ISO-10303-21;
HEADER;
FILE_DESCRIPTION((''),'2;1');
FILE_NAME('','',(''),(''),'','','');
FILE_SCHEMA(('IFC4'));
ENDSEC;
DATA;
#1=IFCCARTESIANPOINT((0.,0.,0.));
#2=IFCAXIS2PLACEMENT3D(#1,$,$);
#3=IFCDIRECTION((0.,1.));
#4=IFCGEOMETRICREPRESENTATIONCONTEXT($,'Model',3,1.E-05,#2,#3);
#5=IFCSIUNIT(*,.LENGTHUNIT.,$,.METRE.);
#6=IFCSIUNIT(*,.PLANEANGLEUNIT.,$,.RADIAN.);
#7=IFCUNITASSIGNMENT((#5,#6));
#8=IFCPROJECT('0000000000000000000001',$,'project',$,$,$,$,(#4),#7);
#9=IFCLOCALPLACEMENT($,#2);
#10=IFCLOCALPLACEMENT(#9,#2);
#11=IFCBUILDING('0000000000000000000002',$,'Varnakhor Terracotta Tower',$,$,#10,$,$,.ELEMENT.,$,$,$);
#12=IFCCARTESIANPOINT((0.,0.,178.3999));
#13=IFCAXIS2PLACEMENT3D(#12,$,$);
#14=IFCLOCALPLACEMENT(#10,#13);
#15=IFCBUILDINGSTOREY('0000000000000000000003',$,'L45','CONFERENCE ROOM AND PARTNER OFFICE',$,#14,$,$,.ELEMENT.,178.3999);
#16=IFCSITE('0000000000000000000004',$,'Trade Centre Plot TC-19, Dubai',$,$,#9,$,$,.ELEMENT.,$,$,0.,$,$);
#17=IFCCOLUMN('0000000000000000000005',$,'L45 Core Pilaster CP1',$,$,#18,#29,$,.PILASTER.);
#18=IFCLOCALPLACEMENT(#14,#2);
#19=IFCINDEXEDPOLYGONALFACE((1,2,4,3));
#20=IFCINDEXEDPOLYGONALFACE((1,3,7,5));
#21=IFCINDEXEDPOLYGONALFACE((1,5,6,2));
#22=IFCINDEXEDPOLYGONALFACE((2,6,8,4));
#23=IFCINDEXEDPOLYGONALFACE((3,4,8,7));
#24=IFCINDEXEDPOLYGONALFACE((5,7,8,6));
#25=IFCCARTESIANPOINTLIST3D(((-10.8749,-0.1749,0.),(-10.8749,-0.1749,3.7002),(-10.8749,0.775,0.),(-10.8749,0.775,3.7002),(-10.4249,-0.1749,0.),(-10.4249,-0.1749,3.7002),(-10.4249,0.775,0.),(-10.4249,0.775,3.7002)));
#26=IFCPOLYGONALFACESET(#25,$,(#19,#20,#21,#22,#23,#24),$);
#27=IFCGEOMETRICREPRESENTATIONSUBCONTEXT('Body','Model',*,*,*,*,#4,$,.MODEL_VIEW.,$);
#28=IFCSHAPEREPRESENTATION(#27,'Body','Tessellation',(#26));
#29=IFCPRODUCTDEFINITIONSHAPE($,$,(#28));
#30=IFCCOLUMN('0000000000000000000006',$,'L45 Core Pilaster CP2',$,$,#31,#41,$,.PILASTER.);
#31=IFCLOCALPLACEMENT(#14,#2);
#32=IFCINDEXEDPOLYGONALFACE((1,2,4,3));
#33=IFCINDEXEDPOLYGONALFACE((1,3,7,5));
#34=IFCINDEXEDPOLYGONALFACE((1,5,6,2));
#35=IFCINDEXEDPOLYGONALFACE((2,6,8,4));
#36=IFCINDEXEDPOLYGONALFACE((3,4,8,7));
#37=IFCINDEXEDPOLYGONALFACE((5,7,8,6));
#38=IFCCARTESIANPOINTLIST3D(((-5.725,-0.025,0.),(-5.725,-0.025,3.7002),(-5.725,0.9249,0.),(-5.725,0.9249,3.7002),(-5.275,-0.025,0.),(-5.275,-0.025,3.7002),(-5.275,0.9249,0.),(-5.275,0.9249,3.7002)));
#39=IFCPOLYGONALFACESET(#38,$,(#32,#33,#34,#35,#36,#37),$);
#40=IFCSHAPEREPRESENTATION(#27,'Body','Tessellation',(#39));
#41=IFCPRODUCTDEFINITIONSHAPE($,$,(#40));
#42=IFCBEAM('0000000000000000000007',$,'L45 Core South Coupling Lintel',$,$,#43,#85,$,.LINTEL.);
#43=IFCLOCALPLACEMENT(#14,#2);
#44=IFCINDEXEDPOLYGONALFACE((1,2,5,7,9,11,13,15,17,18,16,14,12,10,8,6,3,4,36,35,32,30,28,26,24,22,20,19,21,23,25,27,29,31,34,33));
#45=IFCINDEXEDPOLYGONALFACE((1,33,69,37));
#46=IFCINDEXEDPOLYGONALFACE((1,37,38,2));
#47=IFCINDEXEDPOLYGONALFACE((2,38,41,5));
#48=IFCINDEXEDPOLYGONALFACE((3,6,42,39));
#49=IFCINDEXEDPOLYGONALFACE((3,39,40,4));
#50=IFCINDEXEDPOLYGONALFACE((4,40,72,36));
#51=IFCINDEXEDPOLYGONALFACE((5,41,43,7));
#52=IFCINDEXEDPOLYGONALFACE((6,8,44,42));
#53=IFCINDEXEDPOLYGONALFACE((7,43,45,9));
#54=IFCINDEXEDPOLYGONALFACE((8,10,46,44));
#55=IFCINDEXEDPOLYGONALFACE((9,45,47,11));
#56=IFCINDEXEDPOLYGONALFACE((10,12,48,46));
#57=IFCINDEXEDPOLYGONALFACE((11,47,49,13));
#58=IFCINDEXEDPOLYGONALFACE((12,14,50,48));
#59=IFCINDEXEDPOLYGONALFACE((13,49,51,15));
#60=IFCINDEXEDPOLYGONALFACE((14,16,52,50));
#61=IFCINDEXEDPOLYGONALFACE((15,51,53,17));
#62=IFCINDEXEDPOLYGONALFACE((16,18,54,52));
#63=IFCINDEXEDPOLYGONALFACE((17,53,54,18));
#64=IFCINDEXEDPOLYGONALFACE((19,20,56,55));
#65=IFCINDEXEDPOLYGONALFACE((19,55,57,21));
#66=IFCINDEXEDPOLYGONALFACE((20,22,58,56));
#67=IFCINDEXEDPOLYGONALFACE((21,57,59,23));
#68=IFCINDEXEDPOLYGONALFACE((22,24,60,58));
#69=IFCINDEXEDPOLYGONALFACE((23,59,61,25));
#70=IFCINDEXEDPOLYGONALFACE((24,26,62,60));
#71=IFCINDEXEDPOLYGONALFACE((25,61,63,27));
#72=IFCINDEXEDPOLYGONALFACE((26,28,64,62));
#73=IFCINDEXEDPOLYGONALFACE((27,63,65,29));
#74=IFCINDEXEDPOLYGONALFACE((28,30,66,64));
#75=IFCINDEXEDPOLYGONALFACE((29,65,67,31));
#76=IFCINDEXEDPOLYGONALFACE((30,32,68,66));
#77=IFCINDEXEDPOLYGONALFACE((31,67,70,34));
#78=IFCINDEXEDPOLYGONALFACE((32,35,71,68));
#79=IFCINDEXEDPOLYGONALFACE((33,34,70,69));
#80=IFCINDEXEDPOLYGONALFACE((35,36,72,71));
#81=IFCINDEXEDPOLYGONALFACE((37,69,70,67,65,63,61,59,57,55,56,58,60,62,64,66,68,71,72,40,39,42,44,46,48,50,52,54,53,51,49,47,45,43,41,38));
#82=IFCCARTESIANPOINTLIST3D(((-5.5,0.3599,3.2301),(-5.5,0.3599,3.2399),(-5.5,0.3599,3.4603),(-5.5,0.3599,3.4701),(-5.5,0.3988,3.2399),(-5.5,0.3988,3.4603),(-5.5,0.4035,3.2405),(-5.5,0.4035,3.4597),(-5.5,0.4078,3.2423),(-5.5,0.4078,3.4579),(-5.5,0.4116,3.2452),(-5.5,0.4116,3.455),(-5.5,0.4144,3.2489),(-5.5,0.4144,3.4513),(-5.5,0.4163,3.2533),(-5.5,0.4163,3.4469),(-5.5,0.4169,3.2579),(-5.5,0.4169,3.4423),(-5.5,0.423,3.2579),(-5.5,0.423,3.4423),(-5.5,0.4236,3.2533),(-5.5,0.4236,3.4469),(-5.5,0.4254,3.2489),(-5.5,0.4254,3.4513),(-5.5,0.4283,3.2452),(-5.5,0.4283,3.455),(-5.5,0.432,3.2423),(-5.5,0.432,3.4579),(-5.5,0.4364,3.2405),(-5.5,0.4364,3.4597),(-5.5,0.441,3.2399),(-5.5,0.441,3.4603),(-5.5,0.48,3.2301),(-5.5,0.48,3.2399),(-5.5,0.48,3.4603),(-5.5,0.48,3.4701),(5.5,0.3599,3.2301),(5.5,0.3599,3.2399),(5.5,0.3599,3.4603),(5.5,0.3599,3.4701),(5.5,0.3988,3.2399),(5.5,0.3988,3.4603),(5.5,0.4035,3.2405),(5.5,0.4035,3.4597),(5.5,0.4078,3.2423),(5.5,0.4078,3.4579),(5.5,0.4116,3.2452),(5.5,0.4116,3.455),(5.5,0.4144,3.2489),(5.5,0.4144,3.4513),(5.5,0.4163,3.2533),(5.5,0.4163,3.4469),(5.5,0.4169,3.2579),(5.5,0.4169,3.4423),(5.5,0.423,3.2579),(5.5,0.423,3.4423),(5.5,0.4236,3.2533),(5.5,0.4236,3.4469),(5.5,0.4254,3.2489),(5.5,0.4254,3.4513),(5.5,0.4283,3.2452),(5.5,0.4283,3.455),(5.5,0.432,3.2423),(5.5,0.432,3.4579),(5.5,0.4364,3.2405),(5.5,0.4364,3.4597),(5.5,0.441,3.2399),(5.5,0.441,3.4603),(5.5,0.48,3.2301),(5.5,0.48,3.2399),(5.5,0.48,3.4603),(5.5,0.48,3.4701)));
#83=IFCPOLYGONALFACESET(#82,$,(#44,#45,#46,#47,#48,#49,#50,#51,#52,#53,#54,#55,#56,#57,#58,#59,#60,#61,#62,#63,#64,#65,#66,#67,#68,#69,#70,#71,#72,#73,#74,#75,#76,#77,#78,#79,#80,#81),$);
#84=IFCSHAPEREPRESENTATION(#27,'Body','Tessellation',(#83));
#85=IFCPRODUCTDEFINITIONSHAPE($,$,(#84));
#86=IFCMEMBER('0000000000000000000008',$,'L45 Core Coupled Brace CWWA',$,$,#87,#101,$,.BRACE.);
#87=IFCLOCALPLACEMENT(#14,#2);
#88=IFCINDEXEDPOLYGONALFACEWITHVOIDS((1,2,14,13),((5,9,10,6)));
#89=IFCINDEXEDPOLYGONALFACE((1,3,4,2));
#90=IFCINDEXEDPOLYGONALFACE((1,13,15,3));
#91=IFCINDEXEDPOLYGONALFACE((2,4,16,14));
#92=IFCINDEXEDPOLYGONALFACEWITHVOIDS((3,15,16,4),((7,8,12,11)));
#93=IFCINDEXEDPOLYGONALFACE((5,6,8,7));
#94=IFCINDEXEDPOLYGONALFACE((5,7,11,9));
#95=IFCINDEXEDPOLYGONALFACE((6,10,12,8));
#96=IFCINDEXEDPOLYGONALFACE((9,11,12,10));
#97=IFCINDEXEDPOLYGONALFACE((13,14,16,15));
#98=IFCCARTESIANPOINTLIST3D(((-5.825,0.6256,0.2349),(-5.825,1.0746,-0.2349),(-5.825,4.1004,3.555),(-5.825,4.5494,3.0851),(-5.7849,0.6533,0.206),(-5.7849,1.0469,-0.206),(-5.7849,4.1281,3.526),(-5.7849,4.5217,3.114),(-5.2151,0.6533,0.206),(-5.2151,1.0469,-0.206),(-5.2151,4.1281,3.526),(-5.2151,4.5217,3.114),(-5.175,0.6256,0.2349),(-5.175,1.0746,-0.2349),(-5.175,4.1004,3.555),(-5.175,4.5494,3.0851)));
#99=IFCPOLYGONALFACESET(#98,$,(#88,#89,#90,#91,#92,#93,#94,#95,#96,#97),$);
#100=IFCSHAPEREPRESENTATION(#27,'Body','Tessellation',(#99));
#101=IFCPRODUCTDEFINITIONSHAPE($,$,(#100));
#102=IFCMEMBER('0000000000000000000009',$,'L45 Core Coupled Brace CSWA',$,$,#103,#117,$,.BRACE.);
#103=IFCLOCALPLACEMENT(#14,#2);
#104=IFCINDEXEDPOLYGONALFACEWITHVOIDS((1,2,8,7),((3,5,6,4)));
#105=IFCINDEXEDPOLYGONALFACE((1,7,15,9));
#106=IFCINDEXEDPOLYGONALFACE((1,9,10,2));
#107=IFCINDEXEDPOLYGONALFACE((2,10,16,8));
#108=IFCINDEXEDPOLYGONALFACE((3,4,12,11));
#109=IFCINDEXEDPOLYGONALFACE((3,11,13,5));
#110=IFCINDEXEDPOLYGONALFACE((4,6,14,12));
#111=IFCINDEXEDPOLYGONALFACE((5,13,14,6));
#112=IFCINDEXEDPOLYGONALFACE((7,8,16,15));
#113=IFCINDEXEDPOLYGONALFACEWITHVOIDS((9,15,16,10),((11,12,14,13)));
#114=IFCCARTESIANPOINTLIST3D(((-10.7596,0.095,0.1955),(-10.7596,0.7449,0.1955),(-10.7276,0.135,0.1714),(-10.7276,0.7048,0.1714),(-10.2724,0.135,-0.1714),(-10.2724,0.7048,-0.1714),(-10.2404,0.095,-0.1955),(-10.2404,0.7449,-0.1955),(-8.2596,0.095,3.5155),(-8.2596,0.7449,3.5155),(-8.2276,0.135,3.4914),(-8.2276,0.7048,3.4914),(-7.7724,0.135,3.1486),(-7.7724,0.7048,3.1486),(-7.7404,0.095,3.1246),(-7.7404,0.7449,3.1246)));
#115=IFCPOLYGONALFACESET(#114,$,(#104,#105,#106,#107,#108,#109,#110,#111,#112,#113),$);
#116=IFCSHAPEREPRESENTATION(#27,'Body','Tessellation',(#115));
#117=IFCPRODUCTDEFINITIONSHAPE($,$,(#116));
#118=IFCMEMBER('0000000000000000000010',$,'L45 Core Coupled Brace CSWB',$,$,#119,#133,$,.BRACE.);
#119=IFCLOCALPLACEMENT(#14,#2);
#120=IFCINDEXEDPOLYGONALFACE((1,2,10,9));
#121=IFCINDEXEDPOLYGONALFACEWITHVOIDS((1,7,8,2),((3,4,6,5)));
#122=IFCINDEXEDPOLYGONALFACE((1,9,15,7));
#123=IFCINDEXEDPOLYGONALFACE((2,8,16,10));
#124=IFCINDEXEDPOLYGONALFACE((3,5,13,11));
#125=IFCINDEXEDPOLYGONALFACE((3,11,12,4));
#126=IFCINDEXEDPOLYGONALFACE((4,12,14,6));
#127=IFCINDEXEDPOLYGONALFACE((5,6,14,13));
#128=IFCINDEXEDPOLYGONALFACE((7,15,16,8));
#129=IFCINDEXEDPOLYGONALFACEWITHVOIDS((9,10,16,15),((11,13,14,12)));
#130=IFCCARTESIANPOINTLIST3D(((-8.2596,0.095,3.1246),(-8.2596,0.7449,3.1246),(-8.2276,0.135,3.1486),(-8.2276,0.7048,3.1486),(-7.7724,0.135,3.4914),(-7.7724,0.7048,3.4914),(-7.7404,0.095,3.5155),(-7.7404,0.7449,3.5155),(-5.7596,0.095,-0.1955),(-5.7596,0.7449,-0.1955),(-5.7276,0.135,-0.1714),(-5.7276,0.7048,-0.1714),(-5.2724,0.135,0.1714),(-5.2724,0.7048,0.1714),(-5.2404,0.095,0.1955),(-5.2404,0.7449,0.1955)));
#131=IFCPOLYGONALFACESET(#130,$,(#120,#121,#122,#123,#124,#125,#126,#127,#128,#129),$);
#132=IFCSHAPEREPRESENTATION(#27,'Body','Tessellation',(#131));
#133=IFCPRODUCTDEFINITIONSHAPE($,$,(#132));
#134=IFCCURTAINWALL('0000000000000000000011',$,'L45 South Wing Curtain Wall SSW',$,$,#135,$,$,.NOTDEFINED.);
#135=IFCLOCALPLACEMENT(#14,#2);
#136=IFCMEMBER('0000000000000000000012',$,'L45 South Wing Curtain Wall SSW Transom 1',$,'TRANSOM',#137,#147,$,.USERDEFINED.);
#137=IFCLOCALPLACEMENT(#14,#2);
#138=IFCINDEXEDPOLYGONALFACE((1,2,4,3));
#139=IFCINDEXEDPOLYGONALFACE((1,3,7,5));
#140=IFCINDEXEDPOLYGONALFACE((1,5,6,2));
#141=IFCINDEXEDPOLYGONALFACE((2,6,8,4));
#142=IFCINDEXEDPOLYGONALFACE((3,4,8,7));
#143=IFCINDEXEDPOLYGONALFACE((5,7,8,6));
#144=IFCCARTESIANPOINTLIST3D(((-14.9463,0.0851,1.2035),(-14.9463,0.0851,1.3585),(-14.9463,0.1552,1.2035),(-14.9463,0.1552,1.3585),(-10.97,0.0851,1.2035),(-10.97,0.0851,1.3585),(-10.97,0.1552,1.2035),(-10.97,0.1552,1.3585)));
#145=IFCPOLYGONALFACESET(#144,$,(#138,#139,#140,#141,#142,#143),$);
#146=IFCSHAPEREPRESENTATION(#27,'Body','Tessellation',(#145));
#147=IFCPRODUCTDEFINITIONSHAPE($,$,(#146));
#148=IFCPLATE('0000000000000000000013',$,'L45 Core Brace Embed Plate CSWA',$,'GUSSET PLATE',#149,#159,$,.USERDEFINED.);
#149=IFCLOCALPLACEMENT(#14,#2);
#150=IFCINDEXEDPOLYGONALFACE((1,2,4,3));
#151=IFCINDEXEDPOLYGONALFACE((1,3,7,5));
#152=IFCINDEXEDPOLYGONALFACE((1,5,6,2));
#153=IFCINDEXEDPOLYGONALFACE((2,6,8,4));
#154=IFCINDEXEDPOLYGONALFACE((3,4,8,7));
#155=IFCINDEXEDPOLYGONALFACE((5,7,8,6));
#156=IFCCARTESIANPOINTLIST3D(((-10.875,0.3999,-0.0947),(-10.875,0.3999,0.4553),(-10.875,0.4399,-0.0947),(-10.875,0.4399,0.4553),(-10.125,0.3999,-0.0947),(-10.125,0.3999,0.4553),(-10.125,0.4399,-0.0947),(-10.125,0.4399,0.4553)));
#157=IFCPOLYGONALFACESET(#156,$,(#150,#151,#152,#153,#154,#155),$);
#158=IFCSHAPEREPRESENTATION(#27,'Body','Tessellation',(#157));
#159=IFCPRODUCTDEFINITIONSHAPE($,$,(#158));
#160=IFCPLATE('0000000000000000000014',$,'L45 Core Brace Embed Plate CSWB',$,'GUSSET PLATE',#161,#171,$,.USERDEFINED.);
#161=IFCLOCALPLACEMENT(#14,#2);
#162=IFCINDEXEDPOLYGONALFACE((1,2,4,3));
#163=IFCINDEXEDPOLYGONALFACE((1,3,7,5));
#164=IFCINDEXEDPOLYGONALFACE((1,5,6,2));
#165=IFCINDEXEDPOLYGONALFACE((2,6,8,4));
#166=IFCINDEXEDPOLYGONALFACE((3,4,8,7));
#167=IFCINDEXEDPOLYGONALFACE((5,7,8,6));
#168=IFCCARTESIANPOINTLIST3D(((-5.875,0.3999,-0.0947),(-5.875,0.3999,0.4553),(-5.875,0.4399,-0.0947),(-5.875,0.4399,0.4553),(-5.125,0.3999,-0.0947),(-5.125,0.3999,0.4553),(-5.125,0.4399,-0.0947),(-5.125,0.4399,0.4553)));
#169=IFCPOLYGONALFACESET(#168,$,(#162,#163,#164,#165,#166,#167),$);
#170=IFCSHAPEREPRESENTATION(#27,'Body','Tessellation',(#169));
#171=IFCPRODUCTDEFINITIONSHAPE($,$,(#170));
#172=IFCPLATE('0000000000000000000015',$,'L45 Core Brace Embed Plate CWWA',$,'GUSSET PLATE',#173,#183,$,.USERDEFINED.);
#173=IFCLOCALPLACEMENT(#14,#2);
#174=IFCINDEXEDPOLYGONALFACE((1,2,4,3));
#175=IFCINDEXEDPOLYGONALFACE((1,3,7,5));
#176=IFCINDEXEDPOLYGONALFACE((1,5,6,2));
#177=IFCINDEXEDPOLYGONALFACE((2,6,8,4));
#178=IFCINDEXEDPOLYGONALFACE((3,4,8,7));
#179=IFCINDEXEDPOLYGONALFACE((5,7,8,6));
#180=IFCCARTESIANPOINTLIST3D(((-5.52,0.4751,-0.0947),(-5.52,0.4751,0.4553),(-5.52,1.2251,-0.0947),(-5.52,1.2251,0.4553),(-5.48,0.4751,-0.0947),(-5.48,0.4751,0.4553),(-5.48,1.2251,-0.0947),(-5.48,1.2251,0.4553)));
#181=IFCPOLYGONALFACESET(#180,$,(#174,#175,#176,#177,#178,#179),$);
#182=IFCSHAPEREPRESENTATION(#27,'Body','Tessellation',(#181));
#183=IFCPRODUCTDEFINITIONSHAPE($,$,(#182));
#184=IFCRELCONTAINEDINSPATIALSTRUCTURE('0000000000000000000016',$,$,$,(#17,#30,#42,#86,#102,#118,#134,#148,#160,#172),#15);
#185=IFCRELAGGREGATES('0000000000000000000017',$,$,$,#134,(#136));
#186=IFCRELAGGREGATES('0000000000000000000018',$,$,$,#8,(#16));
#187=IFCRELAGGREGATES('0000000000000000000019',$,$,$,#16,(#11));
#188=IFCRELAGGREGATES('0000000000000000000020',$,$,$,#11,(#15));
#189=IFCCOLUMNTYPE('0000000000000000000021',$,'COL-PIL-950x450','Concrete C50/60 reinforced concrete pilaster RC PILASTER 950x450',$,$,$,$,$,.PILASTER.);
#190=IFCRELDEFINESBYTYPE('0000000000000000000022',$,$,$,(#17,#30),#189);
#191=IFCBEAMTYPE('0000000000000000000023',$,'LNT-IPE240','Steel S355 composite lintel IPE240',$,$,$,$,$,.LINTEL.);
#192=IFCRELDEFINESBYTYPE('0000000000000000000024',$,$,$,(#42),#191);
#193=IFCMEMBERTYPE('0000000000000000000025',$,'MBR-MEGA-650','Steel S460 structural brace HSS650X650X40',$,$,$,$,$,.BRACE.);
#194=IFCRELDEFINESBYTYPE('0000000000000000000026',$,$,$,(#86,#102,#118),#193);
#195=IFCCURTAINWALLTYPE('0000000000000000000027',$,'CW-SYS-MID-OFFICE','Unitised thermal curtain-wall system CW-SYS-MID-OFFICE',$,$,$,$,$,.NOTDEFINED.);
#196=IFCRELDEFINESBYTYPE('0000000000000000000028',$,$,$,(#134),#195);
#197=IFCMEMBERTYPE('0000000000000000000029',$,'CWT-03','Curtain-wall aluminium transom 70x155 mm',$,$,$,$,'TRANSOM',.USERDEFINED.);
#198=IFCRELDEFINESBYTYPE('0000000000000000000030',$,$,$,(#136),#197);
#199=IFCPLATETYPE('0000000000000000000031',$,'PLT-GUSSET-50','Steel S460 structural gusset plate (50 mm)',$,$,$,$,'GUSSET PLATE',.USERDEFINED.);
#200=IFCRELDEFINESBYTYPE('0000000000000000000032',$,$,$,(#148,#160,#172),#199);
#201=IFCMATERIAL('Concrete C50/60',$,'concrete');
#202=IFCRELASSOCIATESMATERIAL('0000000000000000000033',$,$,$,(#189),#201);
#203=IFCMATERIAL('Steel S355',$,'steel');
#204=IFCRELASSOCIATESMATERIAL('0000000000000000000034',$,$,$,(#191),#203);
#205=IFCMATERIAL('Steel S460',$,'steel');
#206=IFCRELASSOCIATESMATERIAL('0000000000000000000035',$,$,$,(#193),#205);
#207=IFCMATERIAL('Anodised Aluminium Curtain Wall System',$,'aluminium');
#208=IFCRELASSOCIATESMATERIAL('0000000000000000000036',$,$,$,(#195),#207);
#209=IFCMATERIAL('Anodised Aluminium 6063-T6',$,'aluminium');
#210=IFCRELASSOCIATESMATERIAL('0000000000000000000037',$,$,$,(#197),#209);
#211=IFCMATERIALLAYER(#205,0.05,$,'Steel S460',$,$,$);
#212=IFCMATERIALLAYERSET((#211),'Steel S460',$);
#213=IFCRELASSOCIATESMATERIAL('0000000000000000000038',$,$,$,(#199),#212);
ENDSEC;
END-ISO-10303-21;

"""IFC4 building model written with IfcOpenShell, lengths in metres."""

from ifc_helpers import new_model, si_unit, direction, frame, origin, origin_2d, place, context, subcontext, project, spatial, rectangle, hollow_rectangle, i_section, extrude, source, transform, mapped, material, layer, layer_set, material_profile, profile_set, type_object, type_shapes, element, aggregate, save


model = new_model("IFC4")

# Units and contexts
model_context = context("Model", 3, precision=1e-05, world=origin(), true_north=direction((0.0, 1.0)))
body_context = subcontext(model_context, "Body", "Model", "MODEL_VIEW")
ifc_project = project(units=[si_unit("LENGTHUNIT", "METRE"), si_unit("PLANEANGLEUNIT", "RADIAN")], contexts=[model_context])

# Site, building, storey
site_placement = place(None, origin())
site = spatial("IfcSite", under=ifc_project, at=site_placement, Name="Trade Centre Plot TC-19, Dubai", CompositionType="ELEMENT", RefElevation=0.0)
building_placement = place(site_placement, origin())
building = spatial("IfcBuilding", under=site, at=building_placement, Name="Varnakhor Terracotta Tower", CompositionType="ELEMENT")
storey_placement = place(building_placement, frame((0.0, 0.0, 178.3999)))
storey = spatial("IfcBuildingStorey", under=building, at=storey_placement, Name="L45", Description="CONFERENCE ROOM AND PARTNER OFFICE", CompositionType="ELEMENT", Elevation=178.3999)

# Columns
ifc_material_1 = material(Name="Concrete C50/60", Category="concrete")
ifc_material_profile_1 = material_profile(ifc_material_1, rectangle(XDim=0.45, YDim=0.95, at=origin_2d()), Name="RC PILASTER 950x450")
ifc_profile_set_1 = profile_set([ifc_material_profile_1], Name="Concrete C50/60")
column_type = type_object("IfcColumnType", Name="COL-PIL-950x450", Description="Concrete C50/60 reinforced concrete pilaster RC PILASTER 950x450", PredefinedType="PILASTER", material=ifc_profile_set_1)
shared_shape_1 = source(origin(), body_context, "Body", "SweptSolid", [
    extrude(rectangle(XDim=0.45, YDim=0.95, at=origin_2d()), origin(), (0.0, 0.0, 1.0), 3.7002),
])
for number, where, z_axis, x_axis, name in (
    (1, (-10.6499, 0.3, 0.0), (0.0, 0.0, 1.0), (1.0, 0.0, 0.0), "L45 Core Pilaster CP1"),
    (2, (-5.5, 0.45, 0.0), (0.0, 0.0, 1.0), (1.0, 0.0, 0.0), "L45 Core Pilaster CP2"),
):
    element("IfcColumn", number, at=place(storey_placement, frame(where, z_axis=z_axis, x_axis=x_axis)), inside=storey, type_object=column_type, Name=name, PredefinedType="PILASTER", context=body_context, shape_type="MappedRepresentation", body=[
        mapped(shared_shape_1, transform((0.0, 0.0, 0.0), scale=1.0)),
    ])

# Beam
ifc_material_2 = material(Name="Steel S355", Category="steel")
ifc_material_profile_2 = material_profile(ifc_material_2, i_section(OverallWidth=0.1201, OverallDepth=0.24, WebThickness=0.0061, FlangeThickness=0.0098, FilletRadius=0.0181, at=origin_2d()), Name="IPE240")
ifc_profile_set_2 = profile_set([ifc_material_profile_2], Name="Steel S355")
beam_type = type_object("IfcBeamType", Name="LNT-IPE240", Description="Steel S355 composite lintel IPE240", PredefinedType="LINTEL", material=ifc_profile_set_2)
shared_shape_2 = source(origin(), body_context, "Body", "SweptSolid", [
    extrude(i_section(OverallWidth=0.1201, OverallDepth=0.24, WebThickness=0.0061, FlangeThickness=0.0098, FilletRadius=0.0181, at=origin_2d()), origin(), (0.0, 0.0, 1.0), 11.0),
])
type_shapes(beam_type, [shared_shape_2])
beam_placement = place(storey_placement, frame((-5.5, 0.4199, 3.3501), z_axis=(1.0, 0.0, 0.0), x_axis=(0.0, 1.0, 0.0)))
element("IfcBeam", 3, at=beam_placement, inside=storey, type_object=beam_type, Name="L45 Core South Coupling Lintel", PredefinedType="LINTEL", context=body_context, shape_type="MappedRepresentation", body=[
    mapped(shared_shape_2, transform((0.0, 0.0, 0.0), scale=1.0)),
])

# Members
ifc_material_3 = material(Name="Steel S460", Category="steel")
ifc_material_profile_3 = material_profile(ifc_material_3, hollow_rectangle(XDim=0.6499, YDim=0.6499, WallThickness=0.04, at=origin_2d()), Name="HSS650X650X40")
ifc_profile_set_3 = profile_set([ifc_material_profile_3], Name="Steel S460")
member_type_1 = type_object("IfcMemberType", Name="MBR-MEGA-650", Description="Steel S460 structural brace HSS650X650X40", PredefinedType="BRACE", material=ifc_profile_set_3)
shared_shape_3 = source(origin(), body_context, "Body", "SweptSolid", [
    extrude(hollow_rectangle(XDim=0.6499, YDim=0.6499, WallThickness=0.04, at=origin_2d()), origin(), (0.0, 0.0, 1.0), 4.8059),
])
member_1_placement = place(storey_placement, frame((-5.5, 0.8501, 0.0), z_axis=(0.0, 0.723027, 0.69082), x_axis=(-1.0, 0.0, 0.0)))
element("IfcMember", 4, at=member_1_placement, inside=storey, type_object=member_type_1, Name="L45 Core Coupled Brace CWWA", PredefinedType="BRACE", context=body_context, shape_type="MappedRepresentation", body=[
    mapped(shared_shape_3, transform((0.0, 0.0, 0.0), scale=1.0)),
])
shared_shape_4 = source(origin(), body_context, "Body", "SweptSolid", [
    extrude(hollow_rectangle(XDim=0.6499, YDim=0.6499, WallThickness=0.04, at=origin_2d()), origin(), (0.0, 0.0, 1.0), 4.156),
])
for number, where, z_axis, x_axis, name in (
    (5, (-10.5, 0.4199, 0.0), (0.601531, 0.0, 0.79885), (0.0, 1.0, 0.0), "L45 Core Coupled Brace CSWA"),
    (6, (-5.5, 0.4199, 0.0), (-0.601531, 0.0, 0.79885), (0.0, -1.0, 0.0), "L45 Core Coupled Brace CSWB"),
):
    element("IfcMember", number, at=place(storey_placement, frame(where, z_axis=z_axis, x_axis=x_axis)), inside=storey, type_object=member_type_1, Name=name, PredefinedType="BRACE", context=body_context, shape_type="MappedRepresentation", body=[
        mapped(shared_shape_4, transform((0.0, 0.0, 0.0), scale=1.0)),
    ])

# Curtain wall, member
ifc_material_4 = material(Name="Anodised Aluminium Curtain Wall System", Category="aluminium")
curtain_wall_type = type_object("IfcCurtainWallType", Name="CW-SYS-MID-OFFICE", Description="Unitised thermal curtain-wall system CW-SYS-MID-OFFICE", PredefinedType="NOTDEFINED", material=ifc_material_4)
curtain_wall_placement = place(storey_placement, origin())
curtain_wall = element("IfcCurtainWall", 7, at=curtain_wall_placement, inside=storey, type_object=curtain_wall_type, Name="L45 South Wing Curtain Wall SSW", PredefinedType="NOTDEFINED")
ifc_material_5 = material(Name="Anodised Aluminium 6063-T6", Category="aluminium")
ifc_material_profile_4 = material_profile(ifc_material_5, rectangle(XDim=0.0701, YDim=0.155, at=origin_2d()), Name="ALU TRANSOM 70x155")
ifc_profile_set_4 = profile_set([ifc_material_profile_4], Name="Anodised Aluminium 6063-T6")
member_type_2 = type_object("IfcMemberType", Name="CWT-03", Description="Curtain-wall aluminium transom 70x155 mm", ElementType="TRANSOM", PredefinedType="USERDEFINED", material=ifc_profile_set_4)
shared_shape_5 = source(origin(), body_context, "Body", "SweptSolid", [
    extrude(rectangle(XDim=0.0701, YDim=0.155, at=origin_2d()), origin(), (0.0, 0.0, 1.0), 3.9763),
])
member_2_placement = place(storey_placement, frame((-10.97, 0.1201, 1.281), z_axis=(-1.0, 0.0, 0.0), x_axis=(0.0, -1.0, 0.0)))
member_2 = element("IfcMember", 8, at=member_2_placement, type_object=member_type_2, Name="L45 South Wing Curtain Wall SSW Transom 1", ObjectType="TRANSOM", PredefinedType="USERDEFINED", context=body_context, shape_type="MappedRepresentation", body=[
    mapped(shared_shape_5, transform((0.0, 0.0, 0.0), scale=1.0)),
])
aggregate(curtain_wall, [member_2])

# Plates
ifc_layer_1 = layer(ifc_material_3, 0.05, Name="Steel S460")
ifc_layer_set_1 = layer_set([ifc_layer_1], Name="Steel S460")
plate_type = type_object("IfcPlateType", Name="PLT-GUSSET-50", Description="Steel S460 structural gusset plate (50 mm)", ElementType="GUSSET PLATE", PredefinedType="USERDEFINED", material=ifc_layer_set_1)
shared_shape_6 = source(origin(), body_context, "Body", "SweptSolid", [
    extrude(rectangle(XDim=0.75, YDim=0.04, at=origin_2d()), origin(), (0.0, 0.0, 1.0), 0.55),
])
type_shapes(plate_type, [shared_shape_6])
for number, where, z_axis, x_axis, name in (
    (9, (-10.5, 0.4199, -0.0947), (0.0, 0.0, 1.0), (1.0, 0.0, 0.0), "L45 Core Brace Embed Plate CSWA"),
    (10, (-5.5, 0.4199, -0.0947), (0.0, 0.0, 1.0), (1.0, 0.0, 0.0), "L45 Core Brace Embed Plate CSWB"),
    (11, (-5.5, 0.8501, -0.0947), (0.0, 0.0, 1.0), (0.0, 1.0, 0.0), "L45 Core Brace Embed Plate CWWA"),
):
    element("IfcPlate", number, at=place(storey_placement, frame(where, z_axis=z_axis, x_axis=x_axis)), inside=storey, type_object=plate_type, Name=name, ObjectType="GUSSET PLATE", PredefinedType="USERDEFINED", context=body_context, shape_type="MappedRepresentation", body=[
        mapped(shared_shape_6, transform((0.0, 0.0, 0.0), scale=1.0)),
    ])

save(model, "model.ifc")
